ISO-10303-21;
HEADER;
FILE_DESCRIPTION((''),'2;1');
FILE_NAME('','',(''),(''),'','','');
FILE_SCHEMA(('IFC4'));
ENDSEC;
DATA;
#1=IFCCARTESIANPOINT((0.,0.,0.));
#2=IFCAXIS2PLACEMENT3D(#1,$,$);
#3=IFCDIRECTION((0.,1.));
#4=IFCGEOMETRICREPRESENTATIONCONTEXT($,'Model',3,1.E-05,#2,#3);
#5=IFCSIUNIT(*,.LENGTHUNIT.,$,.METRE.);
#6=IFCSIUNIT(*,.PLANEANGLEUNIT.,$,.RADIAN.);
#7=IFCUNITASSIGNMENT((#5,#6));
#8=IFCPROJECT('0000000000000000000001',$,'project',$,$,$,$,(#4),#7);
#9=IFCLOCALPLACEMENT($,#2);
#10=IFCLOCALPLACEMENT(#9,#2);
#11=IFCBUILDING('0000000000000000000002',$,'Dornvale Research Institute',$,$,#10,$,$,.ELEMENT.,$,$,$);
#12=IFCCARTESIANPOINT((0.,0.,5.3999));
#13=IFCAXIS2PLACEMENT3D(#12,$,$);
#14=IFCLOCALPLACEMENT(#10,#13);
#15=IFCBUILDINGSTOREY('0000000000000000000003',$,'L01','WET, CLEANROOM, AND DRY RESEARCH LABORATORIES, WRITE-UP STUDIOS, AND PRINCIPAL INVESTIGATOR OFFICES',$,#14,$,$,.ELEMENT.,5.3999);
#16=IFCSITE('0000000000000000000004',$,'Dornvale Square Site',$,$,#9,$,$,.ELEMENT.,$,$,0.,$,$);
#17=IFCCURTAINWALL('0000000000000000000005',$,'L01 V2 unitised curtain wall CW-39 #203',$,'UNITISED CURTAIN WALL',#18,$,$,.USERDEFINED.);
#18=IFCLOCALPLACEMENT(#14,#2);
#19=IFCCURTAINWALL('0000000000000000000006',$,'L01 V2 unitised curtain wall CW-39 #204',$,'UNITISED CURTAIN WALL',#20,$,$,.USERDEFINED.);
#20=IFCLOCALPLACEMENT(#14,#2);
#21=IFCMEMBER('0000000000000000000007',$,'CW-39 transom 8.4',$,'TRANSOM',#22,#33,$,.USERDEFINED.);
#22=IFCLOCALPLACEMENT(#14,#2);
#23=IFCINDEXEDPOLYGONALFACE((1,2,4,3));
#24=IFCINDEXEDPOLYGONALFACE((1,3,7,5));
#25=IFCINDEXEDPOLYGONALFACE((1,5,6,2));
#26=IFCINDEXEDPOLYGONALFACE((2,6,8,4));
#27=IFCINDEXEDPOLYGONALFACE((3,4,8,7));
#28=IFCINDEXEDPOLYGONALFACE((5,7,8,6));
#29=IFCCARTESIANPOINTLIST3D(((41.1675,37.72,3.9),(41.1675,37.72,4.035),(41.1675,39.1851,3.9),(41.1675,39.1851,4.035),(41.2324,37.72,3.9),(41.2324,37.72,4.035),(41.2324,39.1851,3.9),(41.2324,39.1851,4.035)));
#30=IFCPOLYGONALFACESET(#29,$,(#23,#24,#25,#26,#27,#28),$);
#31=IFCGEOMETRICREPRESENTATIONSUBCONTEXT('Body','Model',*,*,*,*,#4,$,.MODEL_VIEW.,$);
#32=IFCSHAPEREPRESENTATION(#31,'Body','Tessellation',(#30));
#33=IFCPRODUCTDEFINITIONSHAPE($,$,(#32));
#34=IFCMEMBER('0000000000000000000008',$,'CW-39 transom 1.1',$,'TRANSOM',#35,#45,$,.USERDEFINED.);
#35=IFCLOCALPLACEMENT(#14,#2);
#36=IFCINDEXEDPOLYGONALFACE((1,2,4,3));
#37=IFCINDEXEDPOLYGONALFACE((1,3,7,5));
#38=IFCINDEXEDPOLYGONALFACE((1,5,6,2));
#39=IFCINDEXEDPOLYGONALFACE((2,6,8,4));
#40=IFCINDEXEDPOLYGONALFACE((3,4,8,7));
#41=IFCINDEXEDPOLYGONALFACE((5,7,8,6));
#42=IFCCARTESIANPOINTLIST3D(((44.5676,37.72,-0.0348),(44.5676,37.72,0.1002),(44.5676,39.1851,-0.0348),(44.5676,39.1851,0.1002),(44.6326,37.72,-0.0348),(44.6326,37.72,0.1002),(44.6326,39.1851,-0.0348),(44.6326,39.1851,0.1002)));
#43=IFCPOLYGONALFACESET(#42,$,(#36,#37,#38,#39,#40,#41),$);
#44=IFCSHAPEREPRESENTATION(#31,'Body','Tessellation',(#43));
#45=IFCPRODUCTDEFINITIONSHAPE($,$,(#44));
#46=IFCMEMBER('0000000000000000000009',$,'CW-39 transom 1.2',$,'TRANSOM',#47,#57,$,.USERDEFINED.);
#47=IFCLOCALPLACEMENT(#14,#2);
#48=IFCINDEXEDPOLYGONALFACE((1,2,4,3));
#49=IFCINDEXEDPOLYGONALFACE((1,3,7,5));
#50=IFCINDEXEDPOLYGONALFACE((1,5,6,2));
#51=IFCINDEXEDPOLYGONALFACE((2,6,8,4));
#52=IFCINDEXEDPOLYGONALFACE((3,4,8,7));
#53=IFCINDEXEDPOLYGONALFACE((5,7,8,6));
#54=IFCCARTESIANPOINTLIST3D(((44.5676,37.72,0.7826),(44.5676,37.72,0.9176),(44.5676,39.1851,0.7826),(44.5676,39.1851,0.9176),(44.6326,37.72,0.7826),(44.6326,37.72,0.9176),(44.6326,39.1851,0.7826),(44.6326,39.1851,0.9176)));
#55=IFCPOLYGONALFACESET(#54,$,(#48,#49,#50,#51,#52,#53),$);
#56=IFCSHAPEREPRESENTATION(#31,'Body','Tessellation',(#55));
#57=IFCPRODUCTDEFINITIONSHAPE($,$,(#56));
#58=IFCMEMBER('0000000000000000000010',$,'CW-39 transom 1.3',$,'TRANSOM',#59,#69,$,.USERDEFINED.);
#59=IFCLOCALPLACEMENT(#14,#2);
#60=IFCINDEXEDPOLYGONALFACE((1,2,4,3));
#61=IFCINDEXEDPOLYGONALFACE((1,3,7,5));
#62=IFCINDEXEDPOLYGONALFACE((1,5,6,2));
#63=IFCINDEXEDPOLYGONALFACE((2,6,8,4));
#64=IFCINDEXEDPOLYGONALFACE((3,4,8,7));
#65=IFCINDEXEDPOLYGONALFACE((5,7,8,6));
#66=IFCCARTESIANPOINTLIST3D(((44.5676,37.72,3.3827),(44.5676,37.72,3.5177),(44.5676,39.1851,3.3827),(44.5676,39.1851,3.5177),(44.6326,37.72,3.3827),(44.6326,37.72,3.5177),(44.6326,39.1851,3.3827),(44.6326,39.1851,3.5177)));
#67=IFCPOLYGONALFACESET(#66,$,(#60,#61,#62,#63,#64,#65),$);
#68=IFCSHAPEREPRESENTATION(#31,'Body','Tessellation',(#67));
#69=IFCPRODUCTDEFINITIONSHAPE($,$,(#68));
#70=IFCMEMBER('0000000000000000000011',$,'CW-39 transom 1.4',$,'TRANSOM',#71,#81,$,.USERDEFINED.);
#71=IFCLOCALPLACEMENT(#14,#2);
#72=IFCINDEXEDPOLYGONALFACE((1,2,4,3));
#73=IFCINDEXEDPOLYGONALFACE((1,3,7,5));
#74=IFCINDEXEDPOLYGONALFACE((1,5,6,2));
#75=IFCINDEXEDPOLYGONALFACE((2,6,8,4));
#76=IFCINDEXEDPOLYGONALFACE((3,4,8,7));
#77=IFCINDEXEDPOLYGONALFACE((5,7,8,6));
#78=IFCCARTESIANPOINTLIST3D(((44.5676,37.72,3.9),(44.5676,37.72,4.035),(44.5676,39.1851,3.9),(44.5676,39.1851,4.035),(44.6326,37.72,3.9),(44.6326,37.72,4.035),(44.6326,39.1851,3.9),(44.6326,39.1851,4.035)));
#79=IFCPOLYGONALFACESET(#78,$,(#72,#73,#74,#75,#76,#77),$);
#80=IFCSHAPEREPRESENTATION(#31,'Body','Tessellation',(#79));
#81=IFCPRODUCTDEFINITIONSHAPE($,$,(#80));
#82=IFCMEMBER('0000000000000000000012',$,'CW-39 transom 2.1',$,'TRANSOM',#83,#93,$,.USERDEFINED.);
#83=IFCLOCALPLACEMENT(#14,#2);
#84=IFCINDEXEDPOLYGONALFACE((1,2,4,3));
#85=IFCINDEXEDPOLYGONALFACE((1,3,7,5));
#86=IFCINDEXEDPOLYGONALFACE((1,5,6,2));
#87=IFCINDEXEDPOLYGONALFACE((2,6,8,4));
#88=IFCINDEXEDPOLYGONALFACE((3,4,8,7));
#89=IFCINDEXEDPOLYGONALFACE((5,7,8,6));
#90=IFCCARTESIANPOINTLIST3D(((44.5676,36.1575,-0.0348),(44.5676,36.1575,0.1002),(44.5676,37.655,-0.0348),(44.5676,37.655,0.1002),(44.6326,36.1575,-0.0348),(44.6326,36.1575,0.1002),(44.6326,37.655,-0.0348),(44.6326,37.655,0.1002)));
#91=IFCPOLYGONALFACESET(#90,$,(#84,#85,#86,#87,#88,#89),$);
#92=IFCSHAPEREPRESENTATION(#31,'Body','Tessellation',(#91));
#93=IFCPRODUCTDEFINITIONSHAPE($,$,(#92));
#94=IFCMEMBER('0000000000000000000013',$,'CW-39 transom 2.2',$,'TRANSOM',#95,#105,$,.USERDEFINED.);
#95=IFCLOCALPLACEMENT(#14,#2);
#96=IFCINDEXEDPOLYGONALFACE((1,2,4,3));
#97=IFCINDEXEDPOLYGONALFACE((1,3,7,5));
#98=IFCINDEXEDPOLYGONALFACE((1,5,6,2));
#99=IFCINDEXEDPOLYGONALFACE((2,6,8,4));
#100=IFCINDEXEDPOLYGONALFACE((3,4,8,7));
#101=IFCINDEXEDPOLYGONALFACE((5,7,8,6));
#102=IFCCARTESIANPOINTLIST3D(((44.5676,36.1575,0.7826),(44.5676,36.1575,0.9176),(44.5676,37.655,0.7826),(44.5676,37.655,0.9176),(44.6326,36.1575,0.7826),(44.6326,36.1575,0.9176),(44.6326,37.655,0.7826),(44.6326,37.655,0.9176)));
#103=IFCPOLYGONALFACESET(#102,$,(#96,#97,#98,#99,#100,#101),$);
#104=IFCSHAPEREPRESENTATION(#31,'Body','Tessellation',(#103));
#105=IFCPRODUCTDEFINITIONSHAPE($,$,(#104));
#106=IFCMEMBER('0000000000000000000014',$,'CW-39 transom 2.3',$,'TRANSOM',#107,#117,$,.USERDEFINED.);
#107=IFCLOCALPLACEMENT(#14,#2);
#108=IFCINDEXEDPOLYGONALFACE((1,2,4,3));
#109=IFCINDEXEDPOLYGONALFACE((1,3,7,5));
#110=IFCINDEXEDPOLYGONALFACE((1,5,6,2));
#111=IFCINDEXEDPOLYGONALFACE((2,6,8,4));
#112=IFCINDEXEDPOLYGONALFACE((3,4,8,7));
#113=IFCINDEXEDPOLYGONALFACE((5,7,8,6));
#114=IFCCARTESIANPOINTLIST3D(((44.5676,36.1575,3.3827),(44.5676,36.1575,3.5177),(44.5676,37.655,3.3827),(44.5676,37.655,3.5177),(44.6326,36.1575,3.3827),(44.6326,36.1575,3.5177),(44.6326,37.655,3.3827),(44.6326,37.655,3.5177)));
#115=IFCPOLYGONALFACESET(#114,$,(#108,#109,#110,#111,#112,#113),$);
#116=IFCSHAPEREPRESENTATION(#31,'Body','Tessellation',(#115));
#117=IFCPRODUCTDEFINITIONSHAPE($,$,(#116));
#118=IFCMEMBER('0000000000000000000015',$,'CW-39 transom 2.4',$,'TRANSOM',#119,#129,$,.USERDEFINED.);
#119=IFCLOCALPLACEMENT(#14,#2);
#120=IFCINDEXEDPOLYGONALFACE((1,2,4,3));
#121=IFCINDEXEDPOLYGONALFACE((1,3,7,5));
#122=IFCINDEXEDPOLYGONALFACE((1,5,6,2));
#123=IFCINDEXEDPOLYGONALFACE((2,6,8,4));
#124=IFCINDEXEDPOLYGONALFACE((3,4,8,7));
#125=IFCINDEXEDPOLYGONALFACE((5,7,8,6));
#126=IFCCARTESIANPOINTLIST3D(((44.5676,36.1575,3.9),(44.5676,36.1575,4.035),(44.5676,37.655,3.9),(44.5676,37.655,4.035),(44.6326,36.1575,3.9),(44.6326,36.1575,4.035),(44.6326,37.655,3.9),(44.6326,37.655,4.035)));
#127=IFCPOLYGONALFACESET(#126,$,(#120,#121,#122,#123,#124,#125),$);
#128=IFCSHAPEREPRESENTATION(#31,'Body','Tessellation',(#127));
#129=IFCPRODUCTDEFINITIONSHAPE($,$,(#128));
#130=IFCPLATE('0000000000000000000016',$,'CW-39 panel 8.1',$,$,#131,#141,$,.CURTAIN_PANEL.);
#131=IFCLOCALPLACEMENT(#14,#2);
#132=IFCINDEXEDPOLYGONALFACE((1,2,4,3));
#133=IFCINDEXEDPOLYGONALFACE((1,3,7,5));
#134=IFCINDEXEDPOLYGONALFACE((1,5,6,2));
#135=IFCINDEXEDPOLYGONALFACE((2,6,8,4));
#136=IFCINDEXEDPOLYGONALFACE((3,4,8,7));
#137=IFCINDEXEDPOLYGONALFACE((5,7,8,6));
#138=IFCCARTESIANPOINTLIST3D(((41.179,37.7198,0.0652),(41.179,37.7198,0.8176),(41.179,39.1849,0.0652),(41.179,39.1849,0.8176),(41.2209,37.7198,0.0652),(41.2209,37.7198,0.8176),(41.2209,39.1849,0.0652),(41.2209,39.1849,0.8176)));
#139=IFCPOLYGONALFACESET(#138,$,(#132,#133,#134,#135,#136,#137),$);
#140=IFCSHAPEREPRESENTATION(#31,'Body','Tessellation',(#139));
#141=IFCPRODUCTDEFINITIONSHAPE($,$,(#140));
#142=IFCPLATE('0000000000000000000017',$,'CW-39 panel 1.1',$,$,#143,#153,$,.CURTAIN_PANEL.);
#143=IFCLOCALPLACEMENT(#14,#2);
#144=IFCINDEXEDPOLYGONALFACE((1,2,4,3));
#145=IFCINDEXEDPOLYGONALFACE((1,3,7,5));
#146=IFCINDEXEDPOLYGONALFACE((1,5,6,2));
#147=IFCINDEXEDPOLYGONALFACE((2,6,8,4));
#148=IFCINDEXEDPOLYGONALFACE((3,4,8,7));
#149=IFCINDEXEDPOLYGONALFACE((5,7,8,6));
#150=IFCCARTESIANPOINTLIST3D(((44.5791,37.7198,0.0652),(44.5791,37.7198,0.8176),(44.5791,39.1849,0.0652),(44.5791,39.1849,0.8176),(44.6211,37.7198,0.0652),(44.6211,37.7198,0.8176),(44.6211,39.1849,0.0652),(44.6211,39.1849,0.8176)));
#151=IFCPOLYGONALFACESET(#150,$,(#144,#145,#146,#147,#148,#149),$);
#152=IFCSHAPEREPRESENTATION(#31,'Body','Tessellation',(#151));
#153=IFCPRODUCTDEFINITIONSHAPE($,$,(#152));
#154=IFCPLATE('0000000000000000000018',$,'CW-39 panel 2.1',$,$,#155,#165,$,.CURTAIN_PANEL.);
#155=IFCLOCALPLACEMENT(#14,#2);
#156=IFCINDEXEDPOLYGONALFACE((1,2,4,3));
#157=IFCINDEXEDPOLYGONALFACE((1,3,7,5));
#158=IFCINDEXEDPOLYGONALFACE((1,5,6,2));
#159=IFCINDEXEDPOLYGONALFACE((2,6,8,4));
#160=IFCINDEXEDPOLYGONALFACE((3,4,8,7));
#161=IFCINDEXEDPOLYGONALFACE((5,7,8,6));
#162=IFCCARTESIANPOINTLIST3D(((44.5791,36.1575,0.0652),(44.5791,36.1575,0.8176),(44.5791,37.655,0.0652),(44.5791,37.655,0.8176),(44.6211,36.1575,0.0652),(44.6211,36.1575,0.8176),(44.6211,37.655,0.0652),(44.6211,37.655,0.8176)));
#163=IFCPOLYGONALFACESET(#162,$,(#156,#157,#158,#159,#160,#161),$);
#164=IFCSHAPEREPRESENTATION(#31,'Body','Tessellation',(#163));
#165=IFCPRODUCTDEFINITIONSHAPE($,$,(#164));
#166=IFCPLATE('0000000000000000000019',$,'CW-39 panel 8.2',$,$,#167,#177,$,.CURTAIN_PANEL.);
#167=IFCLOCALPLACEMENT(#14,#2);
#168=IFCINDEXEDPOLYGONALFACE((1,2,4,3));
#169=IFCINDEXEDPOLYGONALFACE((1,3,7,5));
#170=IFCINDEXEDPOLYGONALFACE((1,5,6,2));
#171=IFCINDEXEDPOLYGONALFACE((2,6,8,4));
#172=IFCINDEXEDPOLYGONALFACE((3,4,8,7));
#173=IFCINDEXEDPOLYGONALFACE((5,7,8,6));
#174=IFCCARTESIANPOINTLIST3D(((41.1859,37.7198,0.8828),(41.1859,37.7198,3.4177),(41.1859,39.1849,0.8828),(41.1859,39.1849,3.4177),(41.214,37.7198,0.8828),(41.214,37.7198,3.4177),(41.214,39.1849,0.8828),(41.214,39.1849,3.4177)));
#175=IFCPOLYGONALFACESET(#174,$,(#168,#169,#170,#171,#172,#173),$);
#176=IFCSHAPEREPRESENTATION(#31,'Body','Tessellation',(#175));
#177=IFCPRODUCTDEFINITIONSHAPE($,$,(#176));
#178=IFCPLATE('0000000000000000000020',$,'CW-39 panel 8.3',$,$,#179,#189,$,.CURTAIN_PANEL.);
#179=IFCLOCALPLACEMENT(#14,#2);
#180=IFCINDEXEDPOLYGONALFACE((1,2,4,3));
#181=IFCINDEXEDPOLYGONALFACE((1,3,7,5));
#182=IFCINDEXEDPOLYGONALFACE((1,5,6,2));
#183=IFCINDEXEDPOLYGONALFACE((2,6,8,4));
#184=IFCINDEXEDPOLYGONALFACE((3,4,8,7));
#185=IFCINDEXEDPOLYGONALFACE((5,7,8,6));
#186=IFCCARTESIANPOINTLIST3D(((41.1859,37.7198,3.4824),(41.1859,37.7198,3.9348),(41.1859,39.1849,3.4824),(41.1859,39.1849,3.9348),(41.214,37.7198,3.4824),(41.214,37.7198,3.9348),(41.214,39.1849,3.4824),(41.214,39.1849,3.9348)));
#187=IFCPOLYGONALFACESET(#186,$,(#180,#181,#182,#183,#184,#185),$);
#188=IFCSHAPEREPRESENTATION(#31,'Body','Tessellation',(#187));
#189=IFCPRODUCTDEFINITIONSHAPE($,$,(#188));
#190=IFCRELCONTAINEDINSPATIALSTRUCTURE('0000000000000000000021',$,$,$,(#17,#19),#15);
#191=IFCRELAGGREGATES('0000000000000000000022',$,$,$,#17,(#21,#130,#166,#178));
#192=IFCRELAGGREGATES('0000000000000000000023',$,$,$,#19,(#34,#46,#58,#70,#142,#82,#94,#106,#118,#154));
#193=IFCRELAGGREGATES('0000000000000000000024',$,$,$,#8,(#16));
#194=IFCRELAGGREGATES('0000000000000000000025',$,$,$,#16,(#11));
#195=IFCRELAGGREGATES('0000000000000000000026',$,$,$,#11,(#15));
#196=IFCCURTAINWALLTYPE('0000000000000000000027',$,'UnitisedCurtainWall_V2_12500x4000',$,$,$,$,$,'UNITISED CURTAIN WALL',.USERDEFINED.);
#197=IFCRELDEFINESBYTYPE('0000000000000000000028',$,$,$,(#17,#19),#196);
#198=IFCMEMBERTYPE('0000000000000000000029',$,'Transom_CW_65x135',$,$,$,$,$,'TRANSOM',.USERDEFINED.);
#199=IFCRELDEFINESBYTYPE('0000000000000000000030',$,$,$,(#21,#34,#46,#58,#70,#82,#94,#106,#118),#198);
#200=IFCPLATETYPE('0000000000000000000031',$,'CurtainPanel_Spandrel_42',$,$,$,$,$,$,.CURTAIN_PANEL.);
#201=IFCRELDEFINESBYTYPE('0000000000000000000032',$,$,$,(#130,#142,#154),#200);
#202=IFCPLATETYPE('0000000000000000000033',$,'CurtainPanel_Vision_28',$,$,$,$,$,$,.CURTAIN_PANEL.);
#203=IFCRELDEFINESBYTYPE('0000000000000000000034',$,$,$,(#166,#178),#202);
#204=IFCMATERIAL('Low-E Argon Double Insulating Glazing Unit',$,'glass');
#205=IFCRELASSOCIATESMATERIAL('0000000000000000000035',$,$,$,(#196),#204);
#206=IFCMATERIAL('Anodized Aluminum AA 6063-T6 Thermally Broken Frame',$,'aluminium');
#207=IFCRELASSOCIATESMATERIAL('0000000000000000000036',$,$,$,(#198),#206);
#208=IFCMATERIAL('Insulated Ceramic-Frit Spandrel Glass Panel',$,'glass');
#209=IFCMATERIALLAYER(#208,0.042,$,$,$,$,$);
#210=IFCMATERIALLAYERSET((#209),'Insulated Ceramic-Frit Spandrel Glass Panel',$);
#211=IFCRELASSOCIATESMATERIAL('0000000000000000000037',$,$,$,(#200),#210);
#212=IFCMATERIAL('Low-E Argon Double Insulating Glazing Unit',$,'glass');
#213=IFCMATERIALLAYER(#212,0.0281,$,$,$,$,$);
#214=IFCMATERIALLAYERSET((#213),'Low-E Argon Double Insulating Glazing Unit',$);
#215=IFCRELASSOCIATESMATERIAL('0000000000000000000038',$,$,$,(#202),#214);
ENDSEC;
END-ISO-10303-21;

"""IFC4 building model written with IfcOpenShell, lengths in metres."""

from ifc_helpers import new_model, si_unit, direction, frame, origin, origin_2d, place, context, subcontext, project, spatial, rectangle, extrude, material, layer, layer_set, material_profile, profile_set, type_object, element, aggregate, save


model = new_model("IFC4")

# Units and contexts
model_context = context("Model", 3, precision=1e-05, world=origin(), true_north=direction((0.0, 1.0)))
body_context = subcontext(model_context, "Body", "Model", "MODEL_VIEW")
ifc_project = project(units=[si_unit("LENGTHUNIT", "METRE"), si_unit("PLANEANGLEUNIT", "RADIAN")], contexts=[model_context])

# Site, building, storey
site_placement = place(None, origin())
site = spatial("IfcSite", under=ifc_project, at=site_placement, Name="Dornvale Square Site", CompositionType="ELEMENT", RefElevation=0.0)
building_placement = place(site_placement, origin())
building = spatial("IfcBuilding", under=site, at=building_placement, Name="Dornvale Research Institute", CompositionType="ELEMENT")
storey_placement = place(building_placement, frame((0.0, 0.0, 5.3999)))
storey = spatial("IfcBuildingStorey", under=building, at=storey_placement, Name="L01", Description="WET, CLEANROOM, AND DRY RESEARCH LABORATORIES, WRITE-UP STUDIOS, AND PRINCIPAL INVESTIGATOR OFFICES", CompositionType="ELEMENT", Elevation=5.3999)

# Curtain walls
ifc_material_1 = material(Name="Low-E Argon Double Insulating Glazing Unit", Category="glass")
curtain_wall_type = type_object("IfcCurtainWallType", Name="UnitisedCurtainWall_V2_12500x4000", ElementType="UNITISED CURTAIN WALL", PredefinedType="USERDEFINED", material=ifc_material_1)
curtain_wall_1_placement = place(storey_placement, origin())
curtain_wall_1 = element("IfcCurtainWall", 1, at=curtain_wall_1_placement, inside=storey, type_object=curtain_wall_type, Name="L01 V2 unitised curtain wall CW-39 #203", ObjectType="UNITISED CURTAIN WALL", PredefinedType="USERDEFINED")
curtain_wall_2_placement = place(storey_placement, origin())
curtain_wall_2 = element("IfcCurtainWall", 2, at=curtain_wall_2_placement, inside=storey, type_object=curtain_wall_type, Name="L01 V2 unitised curtain wall CW-39 #204", ObjectType="UNITISED CURTAIN WALL", PredefinedType="USERDEFINED")

# Members
ifc_material_2 = material(Name="Anodized Aluminum AA 6063-T6 Thermally Broken Frame", Category="aluminium")
ifc_material_profile_1 = material_profile(ifc_material_2, rectangle(XDim=0.0649, YDim=0.135, at=origin_2d()), Name="ALU TRANSOM 65x135")
ifc_profile_set_1 = profile_set([ifc_material_profile_1], Name="Anodized Aluminum AA 6063-T6 Thermally Broken Frame")
member_type_1 = type_object("IfcMemberType", Name="Transom_CW_65x135", ElementType="TRANSOM", PredefinedType="USERDEFINED", material=ifc_profile_set_1)
member_1_placement = place(storey_placement, frame((41.2, 37.72, 3.9675), z_axis=(0.0, 1.0, 0.0), x_axis=(-1.0, 0.0, 0.0)))
member_1 = element("IfcMember", 3, at=member_1_placement, type_object=member_type_1, Name="CW-39 transom 8.4", ObjectType="TRANSOM", PredefinedType="USERDEFINED", context=body_context, shape_type="SweptSolid", body=[
    extrude(rectangle(XDim=0.0649, YDim=0.135, at=origin_2d()), origin(), (0.0, 0.0, 1.0), 1.4651),
])
member_2_placement = place(storey_placement, frame((44.6001, 39.1851, 0.0327), z_axis=(0.0, -1.0, 0.0), x_axis=(1.0, 0.0, 0.0)))
member_2 = element("IfcMember", 4, at=member_2_placement, type_object=member_type_1, Name="CW-39 transom 1.1", ObjectType="TRANSOM", PredefinedType="USERDEFINED", context=body_context, shape_type="SweptSolid", body=[
    extrude(rectangle(XDim=0.0649, YDim=0.135, at=origin_2d()), origin(), (0.0, 0.0, 1.0), 1.4651),
])
member_3_placement = place(storey_placement, frame((44.6001, 39.1851, 0.8501), z_axis=(0.0, -1.0, 0.0), x_axis=(1.0, 0.0, 0.0)))
member_3 = element("IfcMember", 5, at=member_3_placement, type_object=member_type_1, Name="CW-39 transom 1.2", ObjectType="TRANSOM", PredefinedType="USERDEFINED", context=body_context, shape_type="SweptSolid", body=[
    extrude(rectangle(XDim=0.0649, YDim=0.135, at=origin_2d()), origin(), (0.0, 0.0, 1.0), 1.4651),
])
member_4_placement = place(storey_placement, frame((44.6001, 39.1851, 3.4502), z_axis=(0.0, -1.0, 0.0), x_axis=(1.0, 0.0, 0.0)))
member_4 = element("IfcMember", 6, at=member_4_placement, type_object=member_type_1, Name="CW-39 transom 1.3", ObjectType="TRANSOM", PredefinedType="USERDEFINED", context=body_context, shape_type="SweptSolid", body=[
    extrude(rectangle(XDim=0.0649, YDim=0.135, at=origin_2d()), origin(), (0.0, 0.0, 1.0), 1.4651),
])
member_5_placement = place(storey_placement, frame((44.6001, 39.1851, 3.9675), z_axis=(0.0, -1.0, 0.0), x_axis=(1.0, 0.0, 0.0)))
member_5 = element("IfcMember", 7, at=member_5_placement, type_object=member_type_1, Name="CW-39 transom 1.4", ObjectType="TRANSOM", PredefinedType="USERDEFINED", context=body_context, shape_type="SweptSolid", body=[
    extrude(rectangle(XDim=0.0649, YDim=0.135, at=origin_2d()), origin(), (0.0, 0.0, 1.0), 1.4651),
])
member_6_placement = place(storey_placement, frame((44.6001, 37.655, 0.0327), z_axis=(0.0, -1.0, 0.0), x_axis=(1.0, 0.0, 0.0)))
member_6 = element("IfcMember", 8, at=member_6_placement, type_object=member_type_1, Name="CW-39 transom 2.1", ObjectType="TRANSOM", PredefinedType="USERDEFINED", context=body_context, shape_type="SweptSolid", body=[
    extrude(rectangle(XDim=0.0649, YDim=0.135, at=origin_2d()), origin(), (0.0, 0.0, 1.0), 1.4976),
])
member_7_placement = place(storey_placement, frame((44.6001, 37.655, 0.8501), z_axis=(0.0, -1.0, 0.0), x_axis=(1.0, 0.0, 0.0)))
member_7 = element("IfcMember", 9, at=member_7_placement, type_object=member_type_1, Name="CW-39 transom 2.2", ObjectType="TRANSOM", PredefinedType="USERDEFINED", context=body_context, shape_type="SweptSolid", body=[
    extrude(rectangle(XDim=0.0649, YDim=0.135, at=origin_2d()), origin(), (0.0, 0.0, 1.0), 1.4976),
])
member_8_placement = place(storey_placement, frame((44.6001, 37.655, 3.4502), z_axis=(0.0, -1.0, 0.0), x_axis=(1.0, 0.0, 0.0)))
member_8 = element("IfcMember", 10, at=member_8_placement, type_object=member_type_1, Name="CW-39 transom 2.3", ObjectType="TRANSOM", PredefinedType="USERDEFINED", context=body_context, shape_type="SweptSolid", body=[
    extrude(rectangle(XDim=0.0649, YDim=0.135, at=origin_2d()), origin(), (0.0, 0.0, 1.0), 1.4976),
])
member_9_placement = place(storey_placement, frame((44.6001, 37.655, 3.9675), z_axis=(0.0, -1.0, 0.0), x_axis=(1.0, 0.0, 0.0)))
member_9 = element("IfcMember", 11, at=member_9_placement, type_object=member_type_1, Name="CW-39 transom 2.4", ObjectType="TRANSOM", PredefinedType="USERDEFINED", context=body_context, shape_type="SweptSolid", body=[
    extrude(rectangle(XDim=0.0649, YDim=0.135, at=origin_2d()), origin(), (0.0, 0.0, 1.0), 1.4976),
])

# Plates
ifc_material_3 = material(Name="Insulated Ceramic-Frit Spandrel Glass Panel", Category="glass")
ifc_layer_1 = layer(ifc_material_3, 0.042)
ifc_layer_set_1 = layer_set([ifc_layer_1], Name="Insulated Ceramic-Frit Spandrel Glass Panel")
plate_type_1 = type_object("IfcPlateType", Name="CurtainPanel_Spandrel_42", PredefinedType="CURTAIN_PANEL", material=ifc_layer_set_1)
plate_1_placement = place(storey_placement, frame((41.2, 38.4524, 0.0652), z_axis=(0.0, 0.0, 1.0), x_axis=(0.0, 1.0, 0.0)))
plate_1 = element("IfcPlate", 12, at=plate_1_placement, type_object=plate_type_1, Name="CW-39 panel 8.1", PredefinedType="CURTAIN_PANEL", context=body_context, shape_type="SweptSolid", body=[
    extrude(rectangle(XDim=1.4651, YDim=0.042, at=origin_2d()), origin(), (0.0, 0.0, 1.0), 0.7524),
])
plate_2_placement = place(storey_placement, frame((44.6001, 38.4524, 0.0652), z_axis=(0.0, 0.0, 1.0), x_axis=(0.0, -1.0, 0.0)))
plate_2 = element("IfcPlate", 13, at=plate_2_placement, type_object=plate_type_1, Name="CW-39 panel 1.1", PredefinedType="CURTAIN_PANEL", context=body_context, shape_type="SweptSolid", body=[
    extrude(rectangle(XDim=1.4651, YDim=0.042, at=origin_2d()), origin(), (0.0, 0.0, 1.0), 0.7524),
])
plate_3_placement = place(storey_placement, frame((44.6001, 36.9062, 0.0652), z_axis=(0.0, 0.0, 1.0), x_axis=(0.0, -1.0, 0.0)))
plate_3 = element("IfcPlate", 14, at=plate_3_placement, type_object=plate_type_1, Name="CW-39 panel 2.1", PredefinedType="CURTAIN_PANEL", context=body_context, shape_type="SweptSolid", body=[
    extrude(rectangle(XDim=1.4976, YDim=0.042, at=origin_2d()), origin(), (0.0, 0.0, 1.0), 0.7524),
])
ifc_material_4 = material(Name="Low-E Argon Double Insulating Glazing Unit", Category="glass")
ifc_layer_2 = layer(ifc_material_4, 0.0281)
ifc_layer_set_2 = layer_set([ifc_layer_2], Name="Low-E Argon Double Insulating Glazing Unit")
plate_type_2 = type_object("IfcPlateType", Name="CurtainPanel_Vision_28", PredefinedType="CURTAIN_PANEL", material=ifc_layer_set_2)
plate_4_placement = place(storey_placement, frame((41.2, 38.4524, 0.8828), z_axis=(0.0, 0.0, 1.0), x_axis=(0.0, 1.0, 0.0)))
plate_4 = element("IfcPlate", 15, at=plate_4_placement, type_object=plate_type_2, Name="CW-39 panel 8.2", PredefinedType="CURTAIN_PANEL", context=body_context, shape_type="SweptSolid", body=[
    extrude(rectangle(XDim=1.4651, YDim=0.0281, at=origin_2d()), origin(), (0.0, 0.0, 1.0), 2.5349),
])
plate_5_placement = place(storey_placement, frame((41.2, 38.4524, 3.4824), z_axis=(0.0, 0.0, 1.0), x_axis=(0.0, 1.0, 0.0)))
plate_5 = element("IfcPlate", 16, at=plate_5_placement, type_object=plate_type_2, Name="CW-39 panel 8.3", PredefinedType="CURTAIN_PANEL", context=body_context, shape_type="SweptSolid", body=[
    extrude(rectangle(XDim=1.4651, YDim=0.0281, at=origin_2d()), origin(), (0.0, 0.0, 1.0), 0.4524),
])
aggregate(curtain_wall_1, [member_1, plate_1, plate_4, plate_5])
aggregate(curtain_wall_2, [member_2, member_3, member_4, member_5, plate_2, member_6, member_7, member_8, member_9, plate_3])

save(model, "model.ifc")
